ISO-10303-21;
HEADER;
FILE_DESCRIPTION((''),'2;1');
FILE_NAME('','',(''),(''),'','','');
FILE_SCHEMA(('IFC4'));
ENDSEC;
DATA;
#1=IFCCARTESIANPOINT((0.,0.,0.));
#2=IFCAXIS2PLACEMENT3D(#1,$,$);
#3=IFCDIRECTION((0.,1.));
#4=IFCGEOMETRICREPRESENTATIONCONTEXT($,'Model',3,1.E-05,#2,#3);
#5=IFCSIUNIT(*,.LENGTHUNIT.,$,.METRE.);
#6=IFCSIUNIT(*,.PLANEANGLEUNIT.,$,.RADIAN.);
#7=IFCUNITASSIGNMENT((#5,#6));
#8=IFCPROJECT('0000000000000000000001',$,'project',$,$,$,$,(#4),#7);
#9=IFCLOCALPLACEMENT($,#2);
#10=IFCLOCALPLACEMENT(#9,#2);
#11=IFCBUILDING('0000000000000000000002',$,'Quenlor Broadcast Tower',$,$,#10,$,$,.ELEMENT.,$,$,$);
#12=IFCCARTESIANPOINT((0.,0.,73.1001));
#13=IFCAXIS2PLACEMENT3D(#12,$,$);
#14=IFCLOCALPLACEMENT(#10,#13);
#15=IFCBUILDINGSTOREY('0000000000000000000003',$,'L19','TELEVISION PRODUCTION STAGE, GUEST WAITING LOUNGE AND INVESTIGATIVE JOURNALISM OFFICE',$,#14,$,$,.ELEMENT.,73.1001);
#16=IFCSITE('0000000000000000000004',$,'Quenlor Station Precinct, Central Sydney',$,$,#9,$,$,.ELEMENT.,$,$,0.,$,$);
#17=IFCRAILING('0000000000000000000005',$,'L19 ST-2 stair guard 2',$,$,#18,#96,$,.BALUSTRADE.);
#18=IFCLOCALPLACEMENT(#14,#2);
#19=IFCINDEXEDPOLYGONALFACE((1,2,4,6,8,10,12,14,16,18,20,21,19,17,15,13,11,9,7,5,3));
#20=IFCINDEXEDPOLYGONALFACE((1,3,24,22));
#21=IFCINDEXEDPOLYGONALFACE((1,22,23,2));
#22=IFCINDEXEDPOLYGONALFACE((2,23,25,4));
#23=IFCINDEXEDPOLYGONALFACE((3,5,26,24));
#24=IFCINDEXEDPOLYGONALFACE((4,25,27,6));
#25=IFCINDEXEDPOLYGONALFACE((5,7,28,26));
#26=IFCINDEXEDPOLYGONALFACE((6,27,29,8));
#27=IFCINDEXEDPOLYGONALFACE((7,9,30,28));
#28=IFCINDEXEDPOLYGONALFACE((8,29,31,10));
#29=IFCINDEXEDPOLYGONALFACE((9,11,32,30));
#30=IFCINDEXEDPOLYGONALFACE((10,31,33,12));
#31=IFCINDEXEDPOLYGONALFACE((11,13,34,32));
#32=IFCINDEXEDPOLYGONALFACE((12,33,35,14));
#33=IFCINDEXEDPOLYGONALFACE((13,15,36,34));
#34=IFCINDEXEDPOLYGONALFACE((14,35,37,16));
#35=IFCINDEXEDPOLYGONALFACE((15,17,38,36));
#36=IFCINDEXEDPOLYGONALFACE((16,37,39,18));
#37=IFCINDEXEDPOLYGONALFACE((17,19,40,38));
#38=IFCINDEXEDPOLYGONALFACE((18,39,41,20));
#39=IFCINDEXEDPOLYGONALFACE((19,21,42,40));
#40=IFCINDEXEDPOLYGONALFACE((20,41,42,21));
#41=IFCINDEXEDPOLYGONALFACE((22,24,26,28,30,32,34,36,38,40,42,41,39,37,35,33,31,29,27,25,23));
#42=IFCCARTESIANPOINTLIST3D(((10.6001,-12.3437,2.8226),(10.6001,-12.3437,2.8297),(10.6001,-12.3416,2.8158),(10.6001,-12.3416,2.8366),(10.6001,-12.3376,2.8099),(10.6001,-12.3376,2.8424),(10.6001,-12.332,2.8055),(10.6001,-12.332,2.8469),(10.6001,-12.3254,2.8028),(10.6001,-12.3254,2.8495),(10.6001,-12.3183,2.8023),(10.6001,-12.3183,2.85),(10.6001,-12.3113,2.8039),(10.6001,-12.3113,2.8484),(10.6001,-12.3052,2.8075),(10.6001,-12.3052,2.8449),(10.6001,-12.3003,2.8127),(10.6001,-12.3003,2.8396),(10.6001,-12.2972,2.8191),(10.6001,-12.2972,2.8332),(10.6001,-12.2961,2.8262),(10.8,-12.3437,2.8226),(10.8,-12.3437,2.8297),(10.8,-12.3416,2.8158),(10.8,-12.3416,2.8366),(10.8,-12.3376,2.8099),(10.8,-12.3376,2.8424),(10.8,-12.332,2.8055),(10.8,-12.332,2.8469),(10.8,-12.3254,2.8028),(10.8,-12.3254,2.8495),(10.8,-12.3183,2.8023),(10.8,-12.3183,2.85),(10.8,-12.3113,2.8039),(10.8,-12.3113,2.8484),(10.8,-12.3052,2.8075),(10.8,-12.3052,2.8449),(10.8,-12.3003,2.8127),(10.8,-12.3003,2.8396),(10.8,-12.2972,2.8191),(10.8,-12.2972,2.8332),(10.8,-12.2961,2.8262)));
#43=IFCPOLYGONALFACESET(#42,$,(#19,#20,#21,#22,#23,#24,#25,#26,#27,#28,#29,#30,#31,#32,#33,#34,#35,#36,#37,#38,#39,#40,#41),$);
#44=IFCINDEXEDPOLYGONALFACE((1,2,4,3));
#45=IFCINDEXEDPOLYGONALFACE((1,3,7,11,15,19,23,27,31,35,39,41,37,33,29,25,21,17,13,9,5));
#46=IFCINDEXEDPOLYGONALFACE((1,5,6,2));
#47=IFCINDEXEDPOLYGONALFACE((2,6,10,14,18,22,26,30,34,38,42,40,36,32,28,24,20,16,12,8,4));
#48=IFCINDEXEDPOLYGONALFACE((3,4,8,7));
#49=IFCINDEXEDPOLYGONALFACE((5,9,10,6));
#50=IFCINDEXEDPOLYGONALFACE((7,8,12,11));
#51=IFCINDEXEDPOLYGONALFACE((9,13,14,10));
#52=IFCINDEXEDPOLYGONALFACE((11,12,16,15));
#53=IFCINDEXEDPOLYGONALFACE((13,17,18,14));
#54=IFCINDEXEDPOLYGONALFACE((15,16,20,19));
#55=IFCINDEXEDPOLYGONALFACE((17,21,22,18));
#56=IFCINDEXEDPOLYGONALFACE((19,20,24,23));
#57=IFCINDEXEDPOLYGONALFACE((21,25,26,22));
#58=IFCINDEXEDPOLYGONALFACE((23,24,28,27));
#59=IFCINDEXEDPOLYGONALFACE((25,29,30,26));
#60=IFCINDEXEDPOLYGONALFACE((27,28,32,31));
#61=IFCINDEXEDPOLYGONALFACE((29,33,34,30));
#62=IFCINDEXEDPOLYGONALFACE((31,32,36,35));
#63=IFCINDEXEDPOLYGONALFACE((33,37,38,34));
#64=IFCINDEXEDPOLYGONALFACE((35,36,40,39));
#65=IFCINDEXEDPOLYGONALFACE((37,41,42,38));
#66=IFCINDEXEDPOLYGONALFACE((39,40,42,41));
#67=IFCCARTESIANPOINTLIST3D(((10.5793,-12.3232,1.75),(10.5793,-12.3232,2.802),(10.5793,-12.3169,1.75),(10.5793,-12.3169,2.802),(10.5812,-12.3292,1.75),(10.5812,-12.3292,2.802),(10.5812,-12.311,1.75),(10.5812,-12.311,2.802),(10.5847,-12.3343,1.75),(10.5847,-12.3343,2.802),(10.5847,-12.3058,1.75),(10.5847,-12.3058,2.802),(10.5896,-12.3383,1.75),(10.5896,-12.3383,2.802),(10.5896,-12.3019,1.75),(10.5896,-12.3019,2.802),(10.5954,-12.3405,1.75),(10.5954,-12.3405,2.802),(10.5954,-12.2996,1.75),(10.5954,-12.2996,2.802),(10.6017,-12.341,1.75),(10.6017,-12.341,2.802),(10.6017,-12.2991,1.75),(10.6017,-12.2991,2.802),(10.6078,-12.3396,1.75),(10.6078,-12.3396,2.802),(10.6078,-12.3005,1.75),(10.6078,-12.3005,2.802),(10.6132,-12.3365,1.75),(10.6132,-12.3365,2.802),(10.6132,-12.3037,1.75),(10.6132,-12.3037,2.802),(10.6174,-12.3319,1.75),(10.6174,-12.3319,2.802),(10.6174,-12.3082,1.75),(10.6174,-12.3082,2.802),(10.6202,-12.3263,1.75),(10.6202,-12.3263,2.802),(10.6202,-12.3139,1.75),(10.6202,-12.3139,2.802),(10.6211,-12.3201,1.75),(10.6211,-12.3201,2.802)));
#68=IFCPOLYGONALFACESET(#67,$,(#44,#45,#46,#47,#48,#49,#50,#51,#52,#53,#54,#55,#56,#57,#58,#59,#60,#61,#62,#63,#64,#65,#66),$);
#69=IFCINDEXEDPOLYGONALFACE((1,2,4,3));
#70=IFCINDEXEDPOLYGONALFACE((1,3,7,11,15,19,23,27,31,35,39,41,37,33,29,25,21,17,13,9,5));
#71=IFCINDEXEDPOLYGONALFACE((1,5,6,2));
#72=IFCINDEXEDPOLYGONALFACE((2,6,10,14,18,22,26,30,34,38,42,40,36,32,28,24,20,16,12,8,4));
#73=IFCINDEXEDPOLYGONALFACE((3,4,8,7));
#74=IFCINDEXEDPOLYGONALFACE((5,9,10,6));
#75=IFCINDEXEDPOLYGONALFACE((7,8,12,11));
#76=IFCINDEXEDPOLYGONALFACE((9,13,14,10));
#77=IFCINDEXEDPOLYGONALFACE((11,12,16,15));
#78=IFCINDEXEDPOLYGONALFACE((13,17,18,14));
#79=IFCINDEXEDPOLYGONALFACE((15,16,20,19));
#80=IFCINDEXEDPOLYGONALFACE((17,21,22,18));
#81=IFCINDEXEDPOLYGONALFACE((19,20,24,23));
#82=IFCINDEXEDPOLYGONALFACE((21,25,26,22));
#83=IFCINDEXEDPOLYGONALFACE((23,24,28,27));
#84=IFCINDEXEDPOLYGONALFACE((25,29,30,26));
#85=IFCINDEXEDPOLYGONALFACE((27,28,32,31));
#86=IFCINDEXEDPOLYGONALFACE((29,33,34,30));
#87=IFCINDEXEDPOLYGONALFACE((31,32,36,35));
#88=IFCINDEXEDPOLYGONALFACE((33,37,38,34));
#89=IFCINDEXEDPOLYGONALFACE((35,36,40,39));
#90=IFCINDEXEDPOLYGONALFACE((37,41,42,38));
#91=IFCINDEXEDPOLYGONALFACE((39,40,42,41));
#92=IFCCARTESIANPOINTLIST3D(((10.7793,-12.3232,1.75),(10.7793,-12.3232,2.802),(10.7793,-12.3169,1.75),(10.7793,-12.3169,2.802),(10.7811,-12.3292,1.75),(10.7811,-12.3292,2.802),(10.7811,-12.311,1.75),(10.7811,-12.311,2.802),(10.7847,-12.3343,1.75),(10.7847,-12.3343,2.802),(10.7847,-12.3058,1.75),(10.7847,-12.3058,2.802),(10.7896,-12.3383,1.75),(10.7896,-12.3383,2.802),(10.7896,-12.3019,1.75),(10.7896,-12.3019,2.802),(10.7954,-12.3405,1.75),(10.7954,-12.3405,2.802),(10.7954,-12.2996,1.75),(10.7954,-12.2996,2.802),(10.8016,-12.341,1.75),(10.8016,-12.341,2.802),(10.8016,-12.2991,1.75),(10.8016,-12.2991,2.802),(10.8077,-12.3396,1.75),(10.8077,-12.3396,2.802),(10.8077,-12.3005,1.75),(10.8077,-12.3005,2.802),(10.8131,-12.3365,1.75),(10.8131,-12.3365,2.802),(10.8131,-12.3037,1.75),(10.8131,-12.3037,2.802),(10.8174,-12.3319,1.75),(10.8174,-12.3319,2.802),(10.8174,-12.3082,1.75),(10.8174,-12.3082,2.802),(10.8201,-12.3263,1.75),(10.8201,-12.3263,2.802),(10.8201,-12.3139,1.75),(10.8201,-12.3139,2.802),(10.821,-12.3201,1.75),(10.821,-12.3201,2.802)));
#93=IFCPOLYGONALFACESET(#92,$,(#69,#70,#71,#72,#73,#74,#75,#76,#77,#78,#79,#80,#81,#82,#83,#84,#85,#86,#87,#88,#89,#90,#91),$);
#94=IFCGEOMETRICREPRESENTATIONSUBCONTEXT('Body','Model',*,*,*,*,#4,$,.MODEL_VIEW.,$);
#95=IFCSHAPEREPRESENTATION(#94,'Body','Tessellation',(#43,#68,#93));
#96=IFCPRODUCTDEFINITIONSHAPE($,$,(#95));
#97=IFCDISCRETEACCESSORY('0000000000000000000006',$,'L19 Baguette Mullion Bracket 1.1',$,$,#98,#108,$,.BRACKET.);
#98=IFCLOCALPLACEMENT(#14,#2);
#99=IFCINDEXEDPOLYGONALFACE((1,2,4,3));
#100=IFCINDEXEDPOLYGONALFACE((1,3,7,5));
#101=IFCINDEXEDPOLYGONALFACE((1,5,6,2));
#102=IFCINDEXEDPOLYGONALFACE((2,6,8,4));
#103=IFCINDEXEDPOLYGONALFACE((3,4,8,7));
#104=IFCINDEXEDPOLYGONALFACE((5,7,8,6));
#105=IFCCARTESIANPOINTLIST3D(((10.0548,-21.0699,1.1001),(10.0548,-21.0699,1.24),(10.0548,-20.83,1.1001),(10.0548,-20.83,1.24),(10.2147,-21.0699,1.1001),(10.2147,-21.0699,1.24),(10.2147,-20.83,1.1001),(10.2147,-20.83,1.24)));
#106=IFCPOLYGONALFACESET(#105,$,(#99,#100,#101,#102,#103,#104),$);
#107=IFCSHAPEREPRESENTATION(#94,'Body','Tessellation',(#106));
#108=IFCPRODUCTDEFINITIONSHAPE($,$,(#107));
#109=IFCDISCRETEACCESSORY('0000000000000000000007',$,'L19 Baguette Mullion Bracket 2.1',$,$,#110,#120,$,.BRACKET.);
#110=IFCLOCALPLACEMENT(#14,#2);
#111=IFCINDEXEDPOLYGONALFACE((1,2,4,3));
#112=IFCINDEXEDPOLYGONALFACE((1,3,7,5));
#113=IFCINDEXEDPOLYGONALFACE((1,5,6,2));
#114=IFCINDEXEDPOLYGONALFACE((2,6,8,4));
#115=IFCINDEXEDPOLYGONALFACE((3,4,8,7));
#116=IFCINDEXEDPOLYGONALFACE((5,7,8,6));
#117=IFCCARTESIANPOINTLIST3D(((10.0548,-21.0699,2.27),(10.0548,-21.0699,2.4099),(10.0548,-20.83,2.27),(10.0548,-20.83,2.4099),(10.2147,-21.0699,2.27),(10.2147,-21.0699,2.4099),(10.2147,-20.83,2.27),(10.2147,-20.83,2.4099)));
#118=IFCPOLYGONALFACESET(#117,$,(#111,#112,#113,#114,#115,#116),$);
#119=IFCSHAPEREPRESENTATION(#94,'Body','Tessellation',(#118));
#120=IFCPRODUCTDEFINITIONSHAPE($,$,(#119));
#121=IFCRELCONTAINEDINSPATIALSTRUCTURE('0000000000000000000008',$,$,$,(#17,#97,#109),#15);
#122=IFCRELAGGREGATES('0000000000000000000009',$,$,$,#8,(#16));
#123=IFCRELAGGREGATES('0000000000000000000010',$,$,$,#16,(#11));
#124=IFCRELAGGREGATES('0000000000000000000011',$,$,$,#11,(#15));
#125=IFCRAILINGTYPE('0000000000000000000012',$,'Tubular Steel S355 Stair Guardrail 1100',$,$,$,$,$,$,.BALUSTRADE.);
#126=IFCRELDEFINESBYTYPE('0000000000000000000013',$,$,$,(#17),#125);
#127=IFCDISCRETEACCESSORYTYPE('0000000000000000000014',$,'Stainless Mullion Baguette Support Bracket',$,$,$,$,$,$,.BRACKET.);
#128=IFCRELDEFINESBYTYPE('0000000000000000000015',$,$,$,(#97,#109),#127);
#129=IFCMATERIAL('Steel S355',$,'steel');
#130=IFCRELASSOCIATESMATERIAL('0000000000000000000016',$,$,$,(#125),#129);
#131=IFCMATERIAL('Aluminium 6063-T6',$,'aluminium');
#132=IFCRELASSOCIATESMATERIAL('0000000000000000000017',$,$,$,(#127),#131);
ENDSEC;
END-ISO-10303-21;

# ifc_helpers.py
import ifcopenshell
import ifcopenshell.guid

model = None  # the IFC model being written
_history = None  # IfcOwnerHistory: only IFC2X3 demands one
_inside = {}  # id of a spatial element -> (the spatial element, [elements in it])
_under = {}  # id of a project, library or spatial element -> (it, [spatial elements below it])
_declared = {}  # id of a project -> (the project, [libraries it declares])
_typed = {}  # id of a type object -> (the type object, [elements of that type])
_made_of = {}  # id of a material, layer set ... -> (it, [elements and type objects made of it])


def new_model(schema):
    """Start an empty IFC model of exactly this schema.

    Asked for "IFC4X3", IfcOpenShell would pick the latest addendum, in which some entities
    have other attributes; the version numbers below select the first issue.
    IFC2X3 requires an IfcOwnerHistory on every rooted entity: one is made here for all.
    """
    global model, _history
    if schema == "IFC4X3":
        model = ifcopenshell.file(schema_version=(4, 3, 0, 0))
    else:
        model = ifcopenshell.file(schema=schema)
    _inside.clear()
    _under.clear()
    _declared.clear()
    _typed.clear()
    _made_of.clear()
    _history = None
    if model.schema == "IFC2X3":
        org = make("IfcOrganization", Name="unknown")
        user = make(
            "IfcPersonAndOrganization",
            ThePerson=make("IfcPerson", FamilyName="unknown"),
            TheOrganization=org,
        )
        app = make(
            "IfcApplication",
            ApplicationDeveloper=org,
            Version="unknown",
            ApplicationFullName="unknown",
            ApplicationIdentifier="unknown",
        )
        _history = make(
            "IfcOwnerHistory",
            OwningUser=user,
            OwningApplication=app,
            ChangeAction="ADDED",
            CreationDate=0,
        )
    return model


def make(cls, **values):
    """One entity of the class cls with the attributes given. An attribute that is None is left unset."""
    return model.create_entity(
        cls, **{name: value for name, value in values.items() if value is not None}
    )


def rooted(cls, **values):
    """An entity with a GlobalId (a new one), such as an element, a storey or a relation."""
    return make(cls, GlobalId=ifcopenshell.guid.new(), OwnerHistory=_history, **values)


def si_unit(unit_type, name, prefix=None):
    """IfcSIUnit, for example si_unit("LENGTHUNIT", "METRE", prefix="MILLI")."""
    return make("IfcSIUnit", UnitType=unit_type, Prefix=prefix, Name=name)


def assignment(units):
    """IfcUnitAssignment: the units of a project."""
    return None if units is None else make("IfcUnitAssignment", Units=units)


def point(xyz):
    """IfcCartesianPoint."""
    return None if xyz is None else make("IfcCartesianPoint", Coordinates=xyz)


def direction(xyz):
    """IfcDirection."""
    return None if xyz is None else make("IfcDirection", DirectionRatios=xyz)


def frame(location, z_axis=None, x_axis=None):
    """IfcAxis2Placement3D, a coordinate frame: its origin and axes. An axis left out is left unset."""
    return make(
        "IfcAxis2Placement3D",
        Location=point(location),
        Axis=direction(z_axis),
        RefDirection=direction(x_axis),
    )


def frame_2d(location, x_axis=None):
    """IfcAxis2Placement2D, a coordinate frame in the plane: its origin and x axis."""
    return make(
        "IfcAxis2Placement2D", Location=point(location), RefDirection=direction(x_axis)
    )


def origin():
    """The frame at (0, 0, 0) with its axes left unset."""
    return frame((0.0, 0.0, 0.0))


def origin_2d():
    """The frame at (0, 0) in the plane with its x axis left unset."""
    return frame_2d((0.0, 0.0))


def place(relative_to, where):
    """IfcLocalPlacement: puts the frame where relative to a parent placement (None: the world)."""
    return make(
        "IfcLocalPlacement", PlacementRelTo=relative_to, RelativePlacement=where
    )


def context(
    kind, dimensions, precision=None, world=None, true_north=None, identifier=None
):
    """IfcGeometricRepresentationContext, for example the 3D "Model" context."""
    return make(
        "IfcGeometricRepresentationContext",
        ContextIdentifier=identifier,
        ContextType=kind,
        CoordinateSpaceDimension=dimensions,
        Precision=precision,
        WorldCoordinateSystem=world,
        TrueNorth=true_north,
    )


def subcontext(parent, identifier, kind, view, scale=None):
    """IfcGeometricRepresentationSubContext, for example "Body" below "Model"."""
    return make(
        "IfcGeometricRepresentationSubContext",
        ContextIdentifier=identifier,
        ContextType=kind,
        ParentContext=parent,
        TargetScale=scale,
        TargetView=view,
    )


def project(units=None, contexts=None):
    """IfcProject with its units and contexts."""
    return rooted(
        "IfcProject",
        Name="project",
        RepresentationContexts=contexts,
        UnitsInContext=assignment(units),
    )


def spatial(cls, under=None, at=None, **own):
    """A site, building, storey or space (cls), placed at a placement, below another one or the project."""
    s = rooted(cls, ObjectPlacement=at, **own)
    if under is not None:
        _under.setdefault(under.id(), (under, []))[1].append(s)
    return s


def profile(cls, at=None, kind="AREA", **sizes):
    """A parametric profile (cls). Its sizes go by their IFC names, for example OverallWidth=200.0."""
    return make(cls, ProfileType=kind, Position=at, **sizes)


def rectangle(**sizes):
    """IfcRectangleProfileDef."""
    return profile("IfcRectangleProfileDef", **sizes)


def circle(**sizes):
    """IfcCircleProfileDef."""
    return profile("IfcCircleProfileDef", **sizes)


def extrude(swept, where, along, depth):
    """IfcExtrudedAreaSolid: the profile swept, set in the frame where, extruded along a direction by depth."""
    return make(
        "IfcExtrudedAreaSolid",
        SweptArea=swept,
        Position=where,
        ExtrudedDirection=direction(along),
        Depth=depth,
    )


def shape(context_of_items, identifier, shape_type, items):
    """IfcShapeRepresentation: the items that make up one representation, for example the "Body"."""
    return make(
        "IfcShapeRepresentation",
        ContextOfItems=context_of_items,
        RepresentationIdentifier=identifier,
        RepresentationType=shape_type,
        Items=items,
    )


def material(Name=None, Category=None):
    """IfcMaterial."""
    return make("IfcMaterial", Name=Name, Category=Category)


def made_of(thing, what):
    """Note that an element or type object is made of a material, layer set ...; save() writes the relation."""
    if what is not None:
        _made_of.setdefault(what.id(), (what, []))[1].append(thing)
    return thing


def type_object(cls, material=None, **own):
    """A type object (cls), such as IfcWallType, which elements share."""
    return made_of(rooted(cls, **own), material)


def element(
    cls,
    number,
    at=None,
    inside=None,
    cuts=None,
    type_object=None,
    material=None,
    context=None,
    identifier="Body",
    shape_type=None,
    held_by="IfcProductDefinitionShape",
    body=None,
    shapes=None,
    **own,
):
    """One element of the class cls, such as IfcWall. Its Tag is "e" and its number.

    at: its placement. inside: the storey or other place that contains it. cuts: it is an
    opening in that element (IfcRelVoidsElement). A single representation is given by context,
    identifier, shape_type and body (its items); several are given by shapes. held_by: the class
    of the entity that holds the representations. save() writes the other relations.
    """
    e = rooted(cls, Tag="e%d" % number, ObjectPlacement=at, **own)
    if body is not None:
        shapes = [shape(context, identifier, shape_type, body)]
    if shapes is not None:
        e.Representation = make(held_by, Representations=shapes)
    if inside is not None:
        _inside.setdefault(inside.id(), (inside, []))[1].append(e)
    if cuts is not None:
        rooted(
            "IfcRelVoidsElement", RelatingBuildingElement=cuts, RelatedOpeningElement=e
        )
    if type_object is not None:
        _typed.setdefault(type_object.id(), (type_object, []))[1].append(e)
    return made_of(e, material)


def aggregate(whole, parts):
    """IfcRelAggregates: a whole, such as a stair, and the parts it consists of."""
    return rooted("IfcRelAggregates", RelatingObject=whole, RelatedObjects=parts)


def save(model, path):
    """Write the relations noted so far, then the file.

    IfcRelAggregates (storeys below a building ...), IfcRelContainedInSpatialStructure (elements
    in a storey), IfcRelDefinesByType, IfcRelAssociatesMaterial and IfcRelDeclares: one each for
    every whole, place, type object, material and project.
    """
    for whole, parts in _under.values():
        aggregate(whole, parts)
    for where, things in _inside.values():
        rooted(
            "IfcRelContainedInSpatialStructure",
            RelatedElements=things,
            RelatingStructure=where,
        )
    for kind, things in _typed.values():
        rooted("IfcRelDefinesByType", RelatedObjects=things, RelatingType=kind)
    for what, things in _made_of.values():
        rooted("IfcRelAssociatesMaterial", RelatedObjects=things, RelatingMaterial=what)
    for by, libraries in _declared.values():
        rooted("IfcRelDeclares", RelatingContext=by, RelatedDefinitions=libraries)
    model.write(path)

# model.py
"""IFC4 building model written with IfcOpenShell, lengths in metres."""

from ifc_helpers import new_model, si_unit, direction, frame, origin, origin_2d, place, context, subcontext, project, spatial, rectangle, circle, extrude, material, type_object, element, save


model = new_model("IFC4")

# Units and contexts
model_context = context("Model", 3, precision=1e-05, world=origin(), true_north=direction((0.0, 1.0)))
body_context = subcontext(model_context, "Body", "Model", "MODEL_VIEW")
ifc_project = project(units=[si_unit("LENGTHUNIT", "METRE"), si_unit("PLANEANGLEUNIT", "RADIAN")], contexts=[model_context])

# Site, building, storey
site_placement = place(None, origin())
site = spatial("IfcSite", under=ifc_project, at=site_placement, Name="Quenlor Station Precinct, Central Sydney", CompositionType="ELEMENT", RefElevation=0.0)
building_placement = place(site_placement, origin())
building = spatial("IfcBuilding", under=site, at=building_placement, Name="Quenlor Broadcast Tower", CompositionType="ELEMENT")
storey_placement = place(building_placement, frame((0.0, 0.0, 73.1001)))
storey = spatial("IfcBuildingStorey", under=building, at=storey_placement, Name="L19", Description="TELEVISION PRODUCTION STAGE, GUEST WAITING LOUNGE AND INVESTIGATIVE JOURNALISM OFFICE", CompositionType="ELEMENT", Elevation=73.1001)

# Railing
ifc_material_1 = material(Name="Steel S355", Category="steel")
railing_type = type_object("IfcRailingType", Name="Tubular Steel S355 Stair Guardrail 1100", PredefinedType="BALUSTRADE", material=ifc_material_1)
railing_placement = place(storey_placement, frame((10.6001, -12.3201, 1.75)))
element("IfcRailing", 1, at=railing_placement, inside=storey, type_object=railing_type, Name="L19 ST-2 stair guard 2", PredefinedType="BALUSTRADE", context=body_context, shape_type="SweptSolid", body=[
    extrude(circle(Radius=0.0239, at=origin_2d()), frame((0.0, 0.0, 1.0762), z_axis=(1.0, 0.0, 0.0), x_axis=(0.0, 1.0, 0.0)), (0.0, 0.0, 1.0), 0.2),
    extrude(circle(Radius=0.021, at=origin_2d()), origin(), (0.0, 0.0, 1.0), 1.052),
    extrude(circle(Radius=0.021, at=origin_2d()), frame((0.2, 0.0, 0.0)), (0.0, 0.0, 1.0), 1.052),
])

# Discrete accessories
ifc_material_2 = material(Name="Aluminium 6063-T6", Category="aluminium")
discrete_accessory_type = type_object("IfcDiscreteAccessoryType", Name="Stainless Mullion Baguette Support Bracket", PredefinedType="BRACKET", material=ifc_material_2)
for number, where, z_axis, x_axis, name in (
    (2, (10.1348, -20.95, 1.1001), (0.0, 0.0, 1.0), (-1.0, 0.0, 0.0), "L19 Baguette Mullion Bracket 1.1"),
    (3, (10.1348, -20.95, 2.27), (0.0, 0.0, 1.0), (-1.0, 0.0, 0.0), "L19 Baguette Mullion Bracket 2.1"),
):
    element("IfcDiscreteAccessory", number, at=place(storey_placement, frame(where, z_axis=z_axis, x_axis=x_axis)), inside=storey, type_object=discrete_accessory_type, Name=name, PredefinedType="BRACKET", context=body_context, shape_type="SweptSolid", body=[
        extrude(rectangle(XDim=0.1599, YDim=0.24, at=origin_2d()), origin(), (0.0, 0.0, 1.0), 0.1399),
    ])

save(model, "model.ifc")
